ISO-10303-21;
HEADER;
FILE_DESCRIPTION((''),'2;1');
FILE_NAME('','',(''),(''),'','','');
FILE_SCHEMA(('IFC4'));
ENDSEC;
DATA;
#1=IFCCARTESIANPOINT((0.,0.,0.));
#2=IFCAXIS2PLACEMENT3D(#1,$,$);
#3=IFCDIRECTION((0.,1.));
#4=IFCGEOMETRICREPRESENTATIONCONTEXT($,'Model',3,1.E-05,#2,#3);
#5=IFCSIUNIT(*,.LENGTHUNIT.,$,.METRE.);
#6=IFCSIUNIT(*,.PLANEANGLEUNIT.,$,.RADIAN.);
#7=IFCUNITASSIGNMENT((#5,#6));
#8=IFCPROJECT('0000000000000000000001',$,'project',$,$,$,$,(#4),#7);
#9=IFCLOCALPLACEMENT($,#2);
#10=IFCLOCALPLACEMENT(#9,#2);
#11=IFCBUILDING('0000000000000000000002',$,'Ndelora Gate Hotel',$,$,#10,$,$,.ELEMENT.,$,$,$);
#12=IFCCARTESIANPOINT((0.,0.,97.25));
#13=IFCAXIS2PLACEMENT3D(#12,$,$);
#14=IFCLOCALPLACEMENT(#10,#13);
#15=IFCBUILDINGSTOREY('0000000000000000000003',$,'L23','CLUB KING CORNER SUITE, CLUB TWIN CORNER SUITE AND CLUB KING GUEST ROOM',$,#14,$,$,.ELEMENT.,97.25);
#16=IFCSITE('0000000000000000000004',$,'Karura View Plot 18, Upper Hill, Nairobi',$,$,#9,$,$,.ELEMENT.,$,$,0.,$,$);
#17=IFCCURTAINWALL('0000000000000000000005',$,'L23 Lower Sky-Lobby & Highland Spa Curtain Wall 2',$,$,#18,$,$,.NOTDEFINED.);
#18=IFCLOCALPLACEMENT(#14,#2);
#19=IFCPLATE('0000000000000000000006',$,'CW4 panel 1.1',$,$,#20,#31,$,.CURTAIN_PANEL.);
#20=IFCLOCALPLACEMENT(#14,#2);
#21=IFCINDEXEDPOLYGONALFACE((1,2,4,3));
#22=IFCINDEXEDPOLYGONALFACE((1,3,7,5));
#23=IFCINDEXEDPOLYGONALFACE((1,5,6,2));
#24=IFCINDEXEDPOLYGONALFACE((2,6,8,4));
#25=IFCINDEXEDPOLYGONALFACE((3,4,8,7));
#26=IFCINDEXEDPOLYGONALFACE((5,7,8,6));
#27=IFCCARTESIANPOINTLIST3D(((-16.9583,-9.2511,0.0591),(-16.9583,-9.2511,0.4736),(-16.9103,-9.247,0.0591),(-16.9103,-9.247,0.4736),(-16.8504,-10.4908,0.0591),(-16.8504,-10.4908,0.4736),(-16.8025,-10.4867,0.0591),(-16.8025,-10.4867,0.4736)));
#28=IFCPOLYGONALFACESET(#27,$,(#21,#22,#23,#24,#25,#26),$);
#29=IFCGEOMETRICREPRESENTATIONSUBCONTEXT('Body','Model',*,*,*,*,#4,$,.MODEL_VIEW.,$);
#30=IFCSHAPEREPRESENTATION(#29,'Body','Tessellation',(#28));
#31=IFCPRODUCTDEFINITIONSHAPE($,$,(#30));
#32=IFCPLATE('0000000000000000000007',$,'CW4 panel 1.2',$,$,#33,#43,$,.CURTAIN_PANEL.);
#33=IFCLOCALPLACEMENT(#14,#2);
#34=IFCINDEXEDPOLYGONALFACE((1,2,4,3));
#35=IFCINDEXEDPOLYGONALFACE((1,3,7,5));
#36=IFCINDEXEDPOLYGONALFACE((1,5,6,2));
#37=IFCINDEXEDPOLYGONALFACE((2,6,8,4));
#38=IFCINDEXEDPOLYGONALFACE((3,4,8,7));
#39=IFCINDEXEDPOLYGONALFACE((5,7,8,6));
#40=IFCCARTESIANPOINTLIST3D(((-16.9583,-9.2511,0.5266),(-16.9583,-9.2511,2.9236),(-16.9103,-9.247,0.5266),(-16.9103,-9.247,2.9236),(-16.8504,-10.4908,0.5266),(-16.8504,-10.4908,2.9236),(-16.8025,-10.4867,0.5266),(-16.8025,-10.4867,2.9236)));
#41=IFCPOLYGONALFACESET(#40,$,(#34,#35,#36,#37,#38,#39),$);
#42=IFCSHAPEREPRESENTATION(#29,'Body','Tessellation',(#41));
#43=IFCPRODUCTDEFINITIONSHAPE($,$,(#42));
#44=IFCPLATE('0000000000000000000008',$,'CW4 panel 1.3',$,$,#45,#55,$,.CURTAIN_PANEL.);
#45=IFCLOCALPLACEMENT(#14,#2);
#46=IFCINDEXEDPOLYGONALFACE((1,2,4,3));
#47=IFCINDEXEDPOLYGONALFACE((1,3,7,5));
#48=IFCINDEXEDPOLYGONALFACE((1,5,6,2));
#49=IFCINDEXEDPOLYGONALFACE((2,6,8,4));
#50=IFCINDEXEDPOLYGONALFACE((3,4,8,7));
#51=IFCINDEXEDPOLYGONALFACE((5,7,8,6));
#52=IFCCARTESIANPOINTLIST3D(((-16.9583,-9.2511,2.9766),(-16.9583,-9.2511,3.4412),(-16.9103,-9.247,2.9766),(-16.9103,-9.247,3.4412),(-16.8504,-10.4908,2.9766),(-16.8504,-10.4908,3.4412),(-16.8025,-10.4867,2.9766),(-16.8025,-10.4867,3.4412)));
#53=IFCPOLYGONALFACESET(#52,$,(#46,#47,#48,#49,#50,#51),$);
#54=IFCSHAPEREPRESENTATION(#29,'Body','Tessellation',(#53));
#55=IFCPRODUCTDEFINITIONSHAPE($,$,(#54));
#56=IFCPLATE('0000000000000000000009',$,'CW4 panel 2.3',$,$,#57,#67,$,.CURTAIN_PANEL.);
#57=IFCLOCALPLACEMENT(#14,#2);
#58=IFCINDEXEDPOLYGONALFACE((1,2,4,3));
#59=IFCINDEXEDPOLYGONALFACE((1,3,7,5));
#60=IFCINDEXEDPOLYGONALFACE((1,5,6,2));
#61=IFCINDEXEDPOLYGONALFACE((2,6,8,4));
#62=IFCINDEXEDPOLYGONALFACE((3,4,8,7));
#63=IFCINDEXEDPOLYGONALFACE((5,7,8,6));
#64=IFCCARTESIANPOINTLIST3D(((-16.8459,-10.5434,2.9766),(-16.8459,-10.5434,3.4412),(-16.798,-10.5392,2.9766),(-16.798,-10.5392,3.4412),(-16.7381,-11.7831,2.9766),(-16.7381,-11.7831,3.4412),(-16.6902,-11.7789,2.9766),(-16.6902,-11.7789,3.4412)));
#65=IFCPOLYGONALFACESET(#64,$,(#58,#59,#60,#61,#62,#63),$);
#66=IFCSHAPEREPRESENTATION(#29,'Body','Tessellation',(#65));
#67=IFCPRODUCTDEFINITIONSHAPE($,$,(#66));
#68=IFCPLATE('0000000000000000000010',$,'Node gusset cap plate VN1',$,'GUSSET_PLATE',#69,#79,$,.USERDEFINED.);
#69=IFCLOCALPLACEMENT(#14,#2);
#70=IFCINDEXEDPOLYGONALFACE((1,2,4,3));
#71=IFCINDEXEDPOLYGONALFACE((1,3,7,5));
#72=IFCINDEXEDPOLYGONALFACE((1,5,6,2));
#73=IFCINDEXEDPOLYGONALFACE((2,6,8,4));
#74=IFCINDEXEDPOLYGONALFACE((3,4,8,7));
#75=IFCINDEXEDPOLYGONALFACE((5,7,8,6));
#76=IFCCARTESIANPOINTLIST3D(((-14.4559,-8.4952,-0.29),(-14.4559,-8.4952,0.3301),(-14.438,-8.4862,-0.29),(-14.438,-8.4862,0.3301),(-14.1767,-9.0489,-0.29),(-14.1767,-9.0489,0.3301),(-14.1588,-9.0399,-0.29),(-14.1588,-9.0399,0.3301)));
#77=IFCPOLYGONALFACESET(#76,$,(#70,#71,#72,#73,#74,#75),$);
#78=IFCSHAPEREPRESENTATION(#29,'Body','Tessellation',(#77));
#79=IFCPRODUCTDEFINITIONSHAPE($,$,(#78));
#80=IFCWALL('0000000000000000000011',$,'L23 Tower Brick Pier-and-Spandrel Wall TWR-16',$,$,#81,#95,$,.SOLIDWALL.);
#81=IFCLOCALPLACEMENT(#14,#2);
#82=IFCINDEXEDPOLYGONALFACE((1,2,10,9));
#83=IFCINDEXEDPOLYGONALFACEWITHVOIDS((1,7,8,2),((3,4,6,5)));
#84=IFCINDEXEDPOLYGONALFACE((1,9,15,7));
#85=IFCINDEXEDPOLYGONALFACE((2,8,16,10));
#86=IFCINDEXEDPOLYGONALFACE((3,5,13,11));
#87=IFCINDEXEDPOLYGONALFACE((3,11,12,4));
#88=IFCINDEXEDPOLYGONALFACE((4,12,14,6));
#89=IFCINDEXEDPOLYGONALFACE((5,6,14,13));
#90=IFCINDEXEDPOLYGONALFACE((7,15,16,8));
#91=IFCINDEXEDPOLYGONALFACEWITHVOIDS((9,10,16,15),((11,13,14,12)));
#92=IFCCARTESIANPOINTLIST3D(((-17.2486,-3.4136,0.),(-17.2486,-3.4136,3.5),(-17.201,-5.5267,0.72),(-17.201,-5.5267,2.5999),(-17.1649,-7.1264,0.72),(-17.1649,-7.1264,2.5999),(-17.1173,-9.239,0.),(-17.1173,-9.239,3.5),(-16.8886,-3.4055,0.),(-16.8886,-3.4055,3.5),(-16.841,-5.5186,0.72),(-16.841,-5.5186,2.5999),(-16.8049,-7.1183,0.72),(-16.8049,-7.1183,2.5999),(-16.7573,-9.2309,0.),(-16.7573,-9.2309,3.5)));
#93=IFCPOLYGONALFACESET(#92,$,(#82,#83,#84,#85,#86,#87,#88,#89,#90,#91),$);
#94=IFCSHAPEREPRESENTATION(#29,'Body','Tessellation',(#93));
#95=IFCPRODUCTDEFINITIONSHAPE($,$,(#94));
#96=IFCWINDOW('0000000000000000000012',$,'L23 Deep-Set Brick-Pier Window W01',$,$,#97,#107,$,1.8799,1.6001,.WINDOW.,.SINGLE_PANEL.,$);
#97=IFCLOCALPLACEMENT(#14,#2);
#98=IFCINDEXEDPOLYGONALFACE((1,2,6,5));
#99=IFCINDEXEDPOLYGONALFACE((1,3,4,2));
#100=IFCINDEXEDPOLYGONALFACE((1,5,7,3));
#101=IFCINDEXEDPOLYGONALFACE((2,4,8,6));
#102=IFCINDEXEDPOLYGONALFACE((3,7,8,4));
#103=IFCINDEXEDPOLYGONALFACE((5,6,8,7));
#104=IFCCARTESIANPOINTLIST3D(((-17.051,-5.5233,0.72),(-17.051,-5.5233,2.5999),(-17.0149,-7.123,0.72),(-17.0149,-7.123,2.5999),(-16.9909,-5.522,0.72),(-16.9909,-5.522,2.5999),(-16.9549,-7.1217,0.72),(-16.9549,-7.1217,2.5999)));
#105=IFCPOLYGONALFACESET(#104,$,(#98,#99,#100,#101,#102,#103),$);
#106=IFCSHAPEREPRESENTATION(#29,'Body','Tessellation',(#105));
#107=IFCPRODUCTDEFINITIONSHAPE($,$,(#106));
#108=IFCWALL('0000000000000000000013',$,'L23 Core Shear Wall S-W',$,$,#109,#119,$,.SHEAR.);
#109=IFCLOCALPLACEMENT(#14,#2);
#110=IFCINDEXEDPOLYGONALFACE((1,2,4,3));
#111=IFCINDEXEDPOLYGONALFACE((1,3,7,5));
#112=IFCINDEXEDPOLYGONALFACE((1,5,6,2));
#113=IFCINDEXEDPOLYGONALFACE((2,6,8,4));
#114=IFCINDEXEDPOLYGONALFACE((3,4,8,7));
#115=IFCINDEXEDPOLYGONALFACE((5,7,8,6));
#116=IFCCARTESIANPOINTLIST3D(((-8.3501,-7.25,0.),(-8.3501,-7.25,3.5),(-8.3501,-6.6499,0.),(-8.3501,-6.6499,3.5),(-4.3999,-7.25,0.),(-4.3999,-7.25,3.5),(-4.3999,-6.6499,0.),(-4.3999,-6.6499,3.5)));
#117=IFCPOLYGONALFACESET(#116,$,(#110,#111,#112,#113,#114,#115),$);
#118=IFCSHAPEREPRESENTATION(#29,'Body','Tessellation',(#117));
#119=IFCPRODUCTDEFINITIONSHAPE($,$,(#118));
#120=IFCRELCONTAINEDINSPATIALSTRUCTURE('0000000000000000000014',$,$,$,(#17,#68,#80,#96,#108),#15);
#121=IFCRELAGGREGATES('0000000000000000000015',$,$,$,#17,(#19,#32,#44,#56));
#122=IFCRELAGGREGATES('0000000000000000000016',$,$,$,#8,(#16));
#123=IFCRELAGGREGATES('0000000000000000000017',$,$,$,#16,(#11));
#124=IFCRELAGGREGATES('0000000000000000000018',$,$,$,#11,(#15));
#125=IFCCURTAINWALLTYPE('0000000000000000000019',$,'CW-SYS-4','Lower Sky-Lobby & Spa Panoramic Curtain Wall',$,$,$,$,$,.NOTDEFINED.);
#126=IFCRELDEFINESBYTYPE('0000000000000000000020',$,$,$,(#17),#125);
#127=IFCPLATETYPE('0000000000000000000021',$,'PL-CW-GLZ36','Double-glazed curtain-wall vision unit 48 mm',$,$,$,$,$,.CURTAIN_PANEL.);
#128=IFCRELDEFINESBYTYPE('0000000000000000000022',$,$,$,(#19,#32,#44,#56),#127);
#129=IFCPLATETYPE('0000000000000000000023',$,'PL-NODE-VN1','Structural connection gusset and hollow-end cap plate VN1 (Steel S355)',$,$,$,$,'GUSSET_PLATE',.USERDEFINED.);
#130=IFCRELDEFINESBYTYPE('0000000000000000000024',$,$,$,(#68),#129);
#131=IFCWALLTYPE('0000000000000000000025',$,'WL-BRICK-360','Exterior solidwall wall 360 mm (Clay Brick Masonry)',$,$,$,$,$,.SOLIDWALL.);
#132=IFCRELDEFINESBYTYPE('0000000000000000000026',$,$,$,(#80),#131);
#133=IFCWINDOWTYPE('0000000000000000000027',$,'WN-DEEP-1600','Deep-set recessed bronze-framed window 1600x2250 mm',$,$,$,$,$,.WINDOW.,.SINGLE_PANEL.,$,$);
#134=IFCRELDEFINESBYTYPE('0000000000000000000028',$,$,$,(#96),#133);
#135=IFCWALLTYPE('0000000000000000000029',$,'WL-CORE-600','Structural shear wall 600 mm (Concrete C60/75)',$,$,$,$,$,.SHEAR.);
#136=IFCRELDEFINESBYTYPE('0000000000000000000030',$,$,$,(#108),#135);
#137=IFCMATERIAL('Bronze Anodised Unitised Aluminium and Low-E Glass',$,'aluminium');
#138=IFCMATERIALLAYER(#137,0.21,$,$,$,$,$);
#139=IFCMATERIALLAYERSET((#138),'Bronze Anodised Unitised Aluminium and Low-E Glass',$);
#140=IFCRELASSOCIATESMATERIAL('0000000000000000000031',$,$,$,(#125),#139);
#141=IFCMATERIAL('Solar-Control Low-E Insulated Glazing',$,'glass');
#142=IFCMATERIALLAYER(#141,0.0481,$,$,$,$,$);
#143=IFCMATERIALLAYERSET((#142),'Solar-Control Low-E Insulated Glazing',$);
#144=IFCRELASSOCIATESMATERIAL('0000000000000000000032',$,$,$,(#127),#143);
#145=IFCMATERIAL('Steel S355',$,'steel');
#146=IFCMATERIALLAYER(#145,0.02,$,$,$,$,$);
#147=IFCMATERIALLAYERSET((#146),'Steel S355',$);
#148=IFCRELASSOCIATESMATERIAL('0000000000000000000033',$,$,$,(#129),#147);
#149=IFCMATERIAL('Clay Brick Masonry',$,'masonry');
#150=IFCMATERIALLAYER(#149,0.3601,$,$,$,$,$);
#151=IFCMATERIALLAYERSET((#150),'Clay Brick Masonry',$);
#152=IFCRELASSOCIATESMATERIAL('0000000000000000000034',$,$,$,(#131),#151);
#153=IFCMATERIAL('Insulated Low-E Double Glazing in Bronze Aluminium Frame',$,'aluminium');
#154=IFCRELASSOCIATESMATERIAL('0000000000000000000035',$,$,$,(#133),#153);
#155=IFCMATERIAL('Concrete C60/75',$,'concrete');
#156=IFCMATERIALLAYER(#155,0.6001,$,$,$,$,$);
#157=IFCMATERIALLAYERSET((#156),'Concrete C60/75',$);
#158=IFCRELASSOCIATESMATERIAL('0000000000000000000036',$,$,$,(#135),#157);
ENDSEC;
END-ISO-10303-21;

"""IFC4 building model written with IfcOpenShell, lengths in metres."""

from ifc_helpers import new_model, si_unit, direction, frame, frame_2d, origin, origin_2d, place, context, subcontext, project, spatial, rectangle, extrude, material, layer, layer_set, type_object, element, fill, aggregate, save


model = new_model("IFC4")

# Units and contexts
model_context = context("Model", 3, precision=1e-05, world=origin(), true_north=direction((0.0, 1.0)))
body_context = subcontext(model_context, "Body", "Model", "MODEL_VIEW")
ifc_project = project(units=[si_unit("LENGTHUNIT", "METRE"), si_unit("PLANEANGLEUNIT", "RADIAN")], contexts=[model_context])

# Site, building, storey
site_placement = place(None, origin())
site = spatial("IfcSite", under=ifc_project, at=site_placement, Name="Karura View Plot 18, Upper Hill, Nairobi", CompositionType="ELEMENT", RefElevation=0.0)
building_placement = place(site_placement, origin())
building = spatial("IfcBuilding", under=site, at=building_placement, Name="Ndelora Gate Hotel", CompositionType="ELEMENT")
storey_placement = place(building_placement, frame((0.0, 0.0, 97.25)))
storey = spatial("IfcBuildingStorey", under=building, at=storey_placement, Name="L23", Description="CLUB KING CORNER SUITE, CLUB TWIN CORNER SUITE AND CLUB KING GUEST ROOM", CompositionType="ELEMENT", Elevation=97.25)

# Shared definitions
ifc_material_1 = material(Name="Concrete C60/75", Category="concrete")

# Shared definitions
ifc_material_2 = material(Name="Steel S355", Category="steel")

# Curtain wall
ifc_material_3 = material(Name="Bronze Anodised Unitised Aluminium and Low-E Glass", Category="aluminium")
ifc_layer_1 = layer(ifc_material_3, 0.21)
ifc_layer_set_1 = layer_set([ifc_layer_1], Name="Bronze Anodised Unitised Aluminium and Low-E Glass")
curtain_wall_type = type_object("IfcCurtainWallType", Name="CW-SYS-4", Description="Lower Sky-Lobby & Spa Panoramic Curtain Wall", PredefinedType="NOTDEFINED", material=ifc_layer_set_1)
curtain_wall_placement = place(storey_placement, origin())
curtain_wall = element("IfcCurtainWall", 1, at=curtain_wall_placement, inside=storey, type_object=curtain_wall_type, Name="L23 Lower Sky-Lobby & Highland Spa Curtain Wall 2", PredefinedType="NOTDEFINED")

# Plates
ifc_material_4 = material(Name="Solar-Control Low-E Insulated Glazing", Category="glass")
ifc_layer_2 = layer(ifc_material_4, 0.0481)
ifc_layer_set_2 = layer_set([ifc_layer_2], Name="Solar-Control Low-E Insulated Glazing")
plate_type_1 = type_object("IfcPlateType", Name="PL-CW-GLZ36", Description="Double-glazed curtain-wall vision unit 48 mm", PredefinedType="CURTAIN_PANEL", material=ifc_layer_set_2)
plate_1_placement = place(storey_placement, frame((-16.8804, -9.8689, 0.0591), z_axis=(0.0, 0.0, 1.0), x_axis=(0.086667, -0.996237, 0.0)))
plate_1 = element("IfcPlate", 2, at=plate_1_placement, type_object=plate_type_1, Name="CW4 panel 1.1", PredefinedType="CURTAIN_PANEL", context=body_context, shape_type="SweptSolid", body=[
    extrude(rectangle(XDim=1.2444, YDim=0.0481, at=origin_2d()), origin(), (0.0, 0.0, 1.0), 0.4146),
])
plate_2_placement = place(storey_placement, frame((-16.8804, -9.8689, 0.5266), z_axis=(0.0, 0.0, 1.0), x_axis=(0.086667, -0.996237, 0.0)))
plate_2 = element("IfcPlate", 3, at=plate_2_placement, type_object=plate_type_1, Name="CW4 panel 1.2", PredefinedType="CURTAIN_PANEL", context=body_context, shape_type="SweptSolid", body=[
    extrude(rectangle(XDim=1.2444, YDim=0.0481, at=origin_2d()), origin(), (0.0, 0.0, 1.0), 2.397),
])
plate_3_placement = place(storey_placement, frame((-16.8804, -9.8689, 2.9766), z_axis=(0.0, 0.0, 1.0), x_axis=(0.086667, -0.996237, 0.0)))
plate_3 = element("IfcPlate", 4, at=plate_3_placement, type_object=plate_type_1, Name="CW4 panel 1.3", PredefinedType="CURTAIN_PANEL", context=body_context, shape_type="SweptSolid", body=[
    extrude(rectangle(XDim=1.2444, YDim=0.0481, at=origin_2d()), origin(), (0.0, 0.0, 1.0), 0.4646),
])
plate_4_placement = place(storey_placement, frame((-16.7681, -11.1611, 2.9766), z_axis=(0.0, 0.0, 1.0), x_axis=(0.086667, -0.996237, 0.0)))
plate_4 = element("IfcPlate", 5, at=plate_4_placement, type_object=plate_type_1, Name="CW4 panel 2.3", PredefinedType="CURTAIN_PANEL", context=body_context, shape_type="SweptSolid", body=[
    extrude(rectangle(XDim=1.2444, YDim=0.0481, at=origin_2d()), origin(), (0.0, 0.0, 1.0), 0.4646),
])
aggregate(curtain_wall, [plate_1, plate_2, plate_3, plate_4])
ifc_layer_3 = layer(ifc_material_2, 0.02)
ifc_layer_set_3 = layer_set([ifc_layer_3], Name="Steel S355")
plate_type_2 = type_object("IfcPlateType", Name="PL-NODE-VN1", Description="Structural connection gusset and hollow-end cap plate VN1 (Steel S355)", ElementType="GUSSET_PLATE", PredefinedType="USERDEFINED", material=ifc_layer_set_3)
plate_5_placement = place(storey_placement, frame((-14.3074, -8.7676, -0.29), z_axis=(0.0, 0.0, 1.0), x_axis=(-0.450254, 0.8929, 0.0)))
element("IfcPlate", 6, at=plate_5_placement, inside=storey, type_object=plate_type_2, Name="Node gusset cap plate VN1", ObjectType="GUSSET_PLATE", PredefinedType="USERDEFINED", context=body_context, shape_type="SweptSolid", body=[
    extrude(rectangle(XDim=0.6201, YDim=0.02, at=origin_2d()), origin(), (0.0, 0.0, 1.0), 0.6201),
])

# Wall, opening, window
ifc_material_5 = material(Name="Clay Brick Masonry", Category="masonry")
ifc_layer_4 = layer(ifc_material_5, 0.3601)
ifc_layer_set_4 = layer_set([ifc_layer_4], Name="Clay Brick Masonry")
wall_type_1 = type_object("IfcWallType", Name="WL-BRICK-360", Description="Exterior solidwall wall 360 mm (Clay Brick Masonry)", PredefinedType="SOLIDWALL", material=ifc_layer_set_4)
wall_1_placement = place(storey_placement, frame((-16.9373, -9.2351, 0.0), z_axis=(0.0, 0.0, 1.0), x_axis=(-0.022542, 0.999746, 0.0)))
wall_1 = element("IfcWall", 7, at=wall_1_placement, inside=storey, type_object=wall_type_1, Name="L23 Tower Brick Pier-and-Spandrel Wall TWR-16", PredefinedType="SOLIDWALL", context=body_context, shape_type="SweptSolid", body=[
    extrude(rectangle(XDim=5.8269, YDim=0.3601, at=frame_2d((2.9136, 0.0))), origin(), (0.0, 0.0, 1.0), 3.5),
])
opening_placement = place(wall_1_placement, frame((2.1133, 0.0, 0.72)))
opening = element("IfcOpeningElement", 8, at=opening_placement, cuts=wall_1, PredefinedType="OPENING", context=body_context, shape_type="SweptSolid", body=[
    extrude(rectangle(XDim=1.6001, YDim=1.8799, at=frame_2d((0.8, 0.9399))), frame((0.0, 0.1899, 0.0), z_axis=(0.0, -1.0, 0.0), x_axis=(1.0, 0.0, 0.0)), (0.0, 0.0, 1.0), 0.3801),
])
ifc_material_6 = material(Name="Insulated Low-E Double Glazing in Bronze Aluminium Frame", Category="aluminium")
window_type = type_object("IfcWindowType", Name="WN-DEEP-1600", Description="Deep-set recessed bronze-framed window 1600x2250 mm", PartitioningType="SINGLE_PANEL", PredefinedType="WINDOW", material=ifc_material_6)
window_placement = place(opening_placement, origin())
window = element("IfcWindow", 9, at=window_placement, inside=storey, type_object=window_type, Name="L23 Deep-Set Brick-Pier Window W01", OverallHeight=1.8799, OverallWidth=1.6001, PartitioningType="SINGLE_PANEL", PredefinedType="WINDOW", context=body_context, shape_type="SweptSolid", body=[
    extrude(rectangle(XDim=1.6001, YDim=1.8799, at=frame_2d((0.8, 0.9399))), frame((0.0, 0.03, 0.0), z_axis=(0.0, -1.0, 0.0), x_axis=(1.0, 0.0, 0.0)), (0.0, 0.0, 1.0), 0.0601),
])
fill(opening, window)

# Wall
ifc_layer_5 = layer(ifc_material_1, 0.6001)
ifc_layer_set_5 = layer_set([ifc_layer_5], Name="Concrete C60/75")
wall_type_2 = type_object("IfcWallType", Name="WL-CORE-600", Description="Structural shear wall 600 mm (Concrete C60/75)", PredefinedType="SHEAR", material=ifc_layer_set_5)
wall_2_placement = place(storey_placement, frame((-8.3501, -6.95, 0.0), z_axis=(0.0, 0.0, 1.0), x_axis=(1.0, 0.0, 0.0)))
element("IfcWall", 10, at=wall_2_placement, inside=storey, type_object=wall_type_2, Name="L23 Core Shear Wall S-W", PredefinedType="SHEAR", context=body_context, shape_type="SweptSolid", body=[
    extrude(rectangle(XDim=3.9502, YDim=0.6001, at=frame_2d((1.9751, 0.0))), origin(), (0.0, 0.0, 1.0), 3.5),
])

save(model, "model.ifc")
